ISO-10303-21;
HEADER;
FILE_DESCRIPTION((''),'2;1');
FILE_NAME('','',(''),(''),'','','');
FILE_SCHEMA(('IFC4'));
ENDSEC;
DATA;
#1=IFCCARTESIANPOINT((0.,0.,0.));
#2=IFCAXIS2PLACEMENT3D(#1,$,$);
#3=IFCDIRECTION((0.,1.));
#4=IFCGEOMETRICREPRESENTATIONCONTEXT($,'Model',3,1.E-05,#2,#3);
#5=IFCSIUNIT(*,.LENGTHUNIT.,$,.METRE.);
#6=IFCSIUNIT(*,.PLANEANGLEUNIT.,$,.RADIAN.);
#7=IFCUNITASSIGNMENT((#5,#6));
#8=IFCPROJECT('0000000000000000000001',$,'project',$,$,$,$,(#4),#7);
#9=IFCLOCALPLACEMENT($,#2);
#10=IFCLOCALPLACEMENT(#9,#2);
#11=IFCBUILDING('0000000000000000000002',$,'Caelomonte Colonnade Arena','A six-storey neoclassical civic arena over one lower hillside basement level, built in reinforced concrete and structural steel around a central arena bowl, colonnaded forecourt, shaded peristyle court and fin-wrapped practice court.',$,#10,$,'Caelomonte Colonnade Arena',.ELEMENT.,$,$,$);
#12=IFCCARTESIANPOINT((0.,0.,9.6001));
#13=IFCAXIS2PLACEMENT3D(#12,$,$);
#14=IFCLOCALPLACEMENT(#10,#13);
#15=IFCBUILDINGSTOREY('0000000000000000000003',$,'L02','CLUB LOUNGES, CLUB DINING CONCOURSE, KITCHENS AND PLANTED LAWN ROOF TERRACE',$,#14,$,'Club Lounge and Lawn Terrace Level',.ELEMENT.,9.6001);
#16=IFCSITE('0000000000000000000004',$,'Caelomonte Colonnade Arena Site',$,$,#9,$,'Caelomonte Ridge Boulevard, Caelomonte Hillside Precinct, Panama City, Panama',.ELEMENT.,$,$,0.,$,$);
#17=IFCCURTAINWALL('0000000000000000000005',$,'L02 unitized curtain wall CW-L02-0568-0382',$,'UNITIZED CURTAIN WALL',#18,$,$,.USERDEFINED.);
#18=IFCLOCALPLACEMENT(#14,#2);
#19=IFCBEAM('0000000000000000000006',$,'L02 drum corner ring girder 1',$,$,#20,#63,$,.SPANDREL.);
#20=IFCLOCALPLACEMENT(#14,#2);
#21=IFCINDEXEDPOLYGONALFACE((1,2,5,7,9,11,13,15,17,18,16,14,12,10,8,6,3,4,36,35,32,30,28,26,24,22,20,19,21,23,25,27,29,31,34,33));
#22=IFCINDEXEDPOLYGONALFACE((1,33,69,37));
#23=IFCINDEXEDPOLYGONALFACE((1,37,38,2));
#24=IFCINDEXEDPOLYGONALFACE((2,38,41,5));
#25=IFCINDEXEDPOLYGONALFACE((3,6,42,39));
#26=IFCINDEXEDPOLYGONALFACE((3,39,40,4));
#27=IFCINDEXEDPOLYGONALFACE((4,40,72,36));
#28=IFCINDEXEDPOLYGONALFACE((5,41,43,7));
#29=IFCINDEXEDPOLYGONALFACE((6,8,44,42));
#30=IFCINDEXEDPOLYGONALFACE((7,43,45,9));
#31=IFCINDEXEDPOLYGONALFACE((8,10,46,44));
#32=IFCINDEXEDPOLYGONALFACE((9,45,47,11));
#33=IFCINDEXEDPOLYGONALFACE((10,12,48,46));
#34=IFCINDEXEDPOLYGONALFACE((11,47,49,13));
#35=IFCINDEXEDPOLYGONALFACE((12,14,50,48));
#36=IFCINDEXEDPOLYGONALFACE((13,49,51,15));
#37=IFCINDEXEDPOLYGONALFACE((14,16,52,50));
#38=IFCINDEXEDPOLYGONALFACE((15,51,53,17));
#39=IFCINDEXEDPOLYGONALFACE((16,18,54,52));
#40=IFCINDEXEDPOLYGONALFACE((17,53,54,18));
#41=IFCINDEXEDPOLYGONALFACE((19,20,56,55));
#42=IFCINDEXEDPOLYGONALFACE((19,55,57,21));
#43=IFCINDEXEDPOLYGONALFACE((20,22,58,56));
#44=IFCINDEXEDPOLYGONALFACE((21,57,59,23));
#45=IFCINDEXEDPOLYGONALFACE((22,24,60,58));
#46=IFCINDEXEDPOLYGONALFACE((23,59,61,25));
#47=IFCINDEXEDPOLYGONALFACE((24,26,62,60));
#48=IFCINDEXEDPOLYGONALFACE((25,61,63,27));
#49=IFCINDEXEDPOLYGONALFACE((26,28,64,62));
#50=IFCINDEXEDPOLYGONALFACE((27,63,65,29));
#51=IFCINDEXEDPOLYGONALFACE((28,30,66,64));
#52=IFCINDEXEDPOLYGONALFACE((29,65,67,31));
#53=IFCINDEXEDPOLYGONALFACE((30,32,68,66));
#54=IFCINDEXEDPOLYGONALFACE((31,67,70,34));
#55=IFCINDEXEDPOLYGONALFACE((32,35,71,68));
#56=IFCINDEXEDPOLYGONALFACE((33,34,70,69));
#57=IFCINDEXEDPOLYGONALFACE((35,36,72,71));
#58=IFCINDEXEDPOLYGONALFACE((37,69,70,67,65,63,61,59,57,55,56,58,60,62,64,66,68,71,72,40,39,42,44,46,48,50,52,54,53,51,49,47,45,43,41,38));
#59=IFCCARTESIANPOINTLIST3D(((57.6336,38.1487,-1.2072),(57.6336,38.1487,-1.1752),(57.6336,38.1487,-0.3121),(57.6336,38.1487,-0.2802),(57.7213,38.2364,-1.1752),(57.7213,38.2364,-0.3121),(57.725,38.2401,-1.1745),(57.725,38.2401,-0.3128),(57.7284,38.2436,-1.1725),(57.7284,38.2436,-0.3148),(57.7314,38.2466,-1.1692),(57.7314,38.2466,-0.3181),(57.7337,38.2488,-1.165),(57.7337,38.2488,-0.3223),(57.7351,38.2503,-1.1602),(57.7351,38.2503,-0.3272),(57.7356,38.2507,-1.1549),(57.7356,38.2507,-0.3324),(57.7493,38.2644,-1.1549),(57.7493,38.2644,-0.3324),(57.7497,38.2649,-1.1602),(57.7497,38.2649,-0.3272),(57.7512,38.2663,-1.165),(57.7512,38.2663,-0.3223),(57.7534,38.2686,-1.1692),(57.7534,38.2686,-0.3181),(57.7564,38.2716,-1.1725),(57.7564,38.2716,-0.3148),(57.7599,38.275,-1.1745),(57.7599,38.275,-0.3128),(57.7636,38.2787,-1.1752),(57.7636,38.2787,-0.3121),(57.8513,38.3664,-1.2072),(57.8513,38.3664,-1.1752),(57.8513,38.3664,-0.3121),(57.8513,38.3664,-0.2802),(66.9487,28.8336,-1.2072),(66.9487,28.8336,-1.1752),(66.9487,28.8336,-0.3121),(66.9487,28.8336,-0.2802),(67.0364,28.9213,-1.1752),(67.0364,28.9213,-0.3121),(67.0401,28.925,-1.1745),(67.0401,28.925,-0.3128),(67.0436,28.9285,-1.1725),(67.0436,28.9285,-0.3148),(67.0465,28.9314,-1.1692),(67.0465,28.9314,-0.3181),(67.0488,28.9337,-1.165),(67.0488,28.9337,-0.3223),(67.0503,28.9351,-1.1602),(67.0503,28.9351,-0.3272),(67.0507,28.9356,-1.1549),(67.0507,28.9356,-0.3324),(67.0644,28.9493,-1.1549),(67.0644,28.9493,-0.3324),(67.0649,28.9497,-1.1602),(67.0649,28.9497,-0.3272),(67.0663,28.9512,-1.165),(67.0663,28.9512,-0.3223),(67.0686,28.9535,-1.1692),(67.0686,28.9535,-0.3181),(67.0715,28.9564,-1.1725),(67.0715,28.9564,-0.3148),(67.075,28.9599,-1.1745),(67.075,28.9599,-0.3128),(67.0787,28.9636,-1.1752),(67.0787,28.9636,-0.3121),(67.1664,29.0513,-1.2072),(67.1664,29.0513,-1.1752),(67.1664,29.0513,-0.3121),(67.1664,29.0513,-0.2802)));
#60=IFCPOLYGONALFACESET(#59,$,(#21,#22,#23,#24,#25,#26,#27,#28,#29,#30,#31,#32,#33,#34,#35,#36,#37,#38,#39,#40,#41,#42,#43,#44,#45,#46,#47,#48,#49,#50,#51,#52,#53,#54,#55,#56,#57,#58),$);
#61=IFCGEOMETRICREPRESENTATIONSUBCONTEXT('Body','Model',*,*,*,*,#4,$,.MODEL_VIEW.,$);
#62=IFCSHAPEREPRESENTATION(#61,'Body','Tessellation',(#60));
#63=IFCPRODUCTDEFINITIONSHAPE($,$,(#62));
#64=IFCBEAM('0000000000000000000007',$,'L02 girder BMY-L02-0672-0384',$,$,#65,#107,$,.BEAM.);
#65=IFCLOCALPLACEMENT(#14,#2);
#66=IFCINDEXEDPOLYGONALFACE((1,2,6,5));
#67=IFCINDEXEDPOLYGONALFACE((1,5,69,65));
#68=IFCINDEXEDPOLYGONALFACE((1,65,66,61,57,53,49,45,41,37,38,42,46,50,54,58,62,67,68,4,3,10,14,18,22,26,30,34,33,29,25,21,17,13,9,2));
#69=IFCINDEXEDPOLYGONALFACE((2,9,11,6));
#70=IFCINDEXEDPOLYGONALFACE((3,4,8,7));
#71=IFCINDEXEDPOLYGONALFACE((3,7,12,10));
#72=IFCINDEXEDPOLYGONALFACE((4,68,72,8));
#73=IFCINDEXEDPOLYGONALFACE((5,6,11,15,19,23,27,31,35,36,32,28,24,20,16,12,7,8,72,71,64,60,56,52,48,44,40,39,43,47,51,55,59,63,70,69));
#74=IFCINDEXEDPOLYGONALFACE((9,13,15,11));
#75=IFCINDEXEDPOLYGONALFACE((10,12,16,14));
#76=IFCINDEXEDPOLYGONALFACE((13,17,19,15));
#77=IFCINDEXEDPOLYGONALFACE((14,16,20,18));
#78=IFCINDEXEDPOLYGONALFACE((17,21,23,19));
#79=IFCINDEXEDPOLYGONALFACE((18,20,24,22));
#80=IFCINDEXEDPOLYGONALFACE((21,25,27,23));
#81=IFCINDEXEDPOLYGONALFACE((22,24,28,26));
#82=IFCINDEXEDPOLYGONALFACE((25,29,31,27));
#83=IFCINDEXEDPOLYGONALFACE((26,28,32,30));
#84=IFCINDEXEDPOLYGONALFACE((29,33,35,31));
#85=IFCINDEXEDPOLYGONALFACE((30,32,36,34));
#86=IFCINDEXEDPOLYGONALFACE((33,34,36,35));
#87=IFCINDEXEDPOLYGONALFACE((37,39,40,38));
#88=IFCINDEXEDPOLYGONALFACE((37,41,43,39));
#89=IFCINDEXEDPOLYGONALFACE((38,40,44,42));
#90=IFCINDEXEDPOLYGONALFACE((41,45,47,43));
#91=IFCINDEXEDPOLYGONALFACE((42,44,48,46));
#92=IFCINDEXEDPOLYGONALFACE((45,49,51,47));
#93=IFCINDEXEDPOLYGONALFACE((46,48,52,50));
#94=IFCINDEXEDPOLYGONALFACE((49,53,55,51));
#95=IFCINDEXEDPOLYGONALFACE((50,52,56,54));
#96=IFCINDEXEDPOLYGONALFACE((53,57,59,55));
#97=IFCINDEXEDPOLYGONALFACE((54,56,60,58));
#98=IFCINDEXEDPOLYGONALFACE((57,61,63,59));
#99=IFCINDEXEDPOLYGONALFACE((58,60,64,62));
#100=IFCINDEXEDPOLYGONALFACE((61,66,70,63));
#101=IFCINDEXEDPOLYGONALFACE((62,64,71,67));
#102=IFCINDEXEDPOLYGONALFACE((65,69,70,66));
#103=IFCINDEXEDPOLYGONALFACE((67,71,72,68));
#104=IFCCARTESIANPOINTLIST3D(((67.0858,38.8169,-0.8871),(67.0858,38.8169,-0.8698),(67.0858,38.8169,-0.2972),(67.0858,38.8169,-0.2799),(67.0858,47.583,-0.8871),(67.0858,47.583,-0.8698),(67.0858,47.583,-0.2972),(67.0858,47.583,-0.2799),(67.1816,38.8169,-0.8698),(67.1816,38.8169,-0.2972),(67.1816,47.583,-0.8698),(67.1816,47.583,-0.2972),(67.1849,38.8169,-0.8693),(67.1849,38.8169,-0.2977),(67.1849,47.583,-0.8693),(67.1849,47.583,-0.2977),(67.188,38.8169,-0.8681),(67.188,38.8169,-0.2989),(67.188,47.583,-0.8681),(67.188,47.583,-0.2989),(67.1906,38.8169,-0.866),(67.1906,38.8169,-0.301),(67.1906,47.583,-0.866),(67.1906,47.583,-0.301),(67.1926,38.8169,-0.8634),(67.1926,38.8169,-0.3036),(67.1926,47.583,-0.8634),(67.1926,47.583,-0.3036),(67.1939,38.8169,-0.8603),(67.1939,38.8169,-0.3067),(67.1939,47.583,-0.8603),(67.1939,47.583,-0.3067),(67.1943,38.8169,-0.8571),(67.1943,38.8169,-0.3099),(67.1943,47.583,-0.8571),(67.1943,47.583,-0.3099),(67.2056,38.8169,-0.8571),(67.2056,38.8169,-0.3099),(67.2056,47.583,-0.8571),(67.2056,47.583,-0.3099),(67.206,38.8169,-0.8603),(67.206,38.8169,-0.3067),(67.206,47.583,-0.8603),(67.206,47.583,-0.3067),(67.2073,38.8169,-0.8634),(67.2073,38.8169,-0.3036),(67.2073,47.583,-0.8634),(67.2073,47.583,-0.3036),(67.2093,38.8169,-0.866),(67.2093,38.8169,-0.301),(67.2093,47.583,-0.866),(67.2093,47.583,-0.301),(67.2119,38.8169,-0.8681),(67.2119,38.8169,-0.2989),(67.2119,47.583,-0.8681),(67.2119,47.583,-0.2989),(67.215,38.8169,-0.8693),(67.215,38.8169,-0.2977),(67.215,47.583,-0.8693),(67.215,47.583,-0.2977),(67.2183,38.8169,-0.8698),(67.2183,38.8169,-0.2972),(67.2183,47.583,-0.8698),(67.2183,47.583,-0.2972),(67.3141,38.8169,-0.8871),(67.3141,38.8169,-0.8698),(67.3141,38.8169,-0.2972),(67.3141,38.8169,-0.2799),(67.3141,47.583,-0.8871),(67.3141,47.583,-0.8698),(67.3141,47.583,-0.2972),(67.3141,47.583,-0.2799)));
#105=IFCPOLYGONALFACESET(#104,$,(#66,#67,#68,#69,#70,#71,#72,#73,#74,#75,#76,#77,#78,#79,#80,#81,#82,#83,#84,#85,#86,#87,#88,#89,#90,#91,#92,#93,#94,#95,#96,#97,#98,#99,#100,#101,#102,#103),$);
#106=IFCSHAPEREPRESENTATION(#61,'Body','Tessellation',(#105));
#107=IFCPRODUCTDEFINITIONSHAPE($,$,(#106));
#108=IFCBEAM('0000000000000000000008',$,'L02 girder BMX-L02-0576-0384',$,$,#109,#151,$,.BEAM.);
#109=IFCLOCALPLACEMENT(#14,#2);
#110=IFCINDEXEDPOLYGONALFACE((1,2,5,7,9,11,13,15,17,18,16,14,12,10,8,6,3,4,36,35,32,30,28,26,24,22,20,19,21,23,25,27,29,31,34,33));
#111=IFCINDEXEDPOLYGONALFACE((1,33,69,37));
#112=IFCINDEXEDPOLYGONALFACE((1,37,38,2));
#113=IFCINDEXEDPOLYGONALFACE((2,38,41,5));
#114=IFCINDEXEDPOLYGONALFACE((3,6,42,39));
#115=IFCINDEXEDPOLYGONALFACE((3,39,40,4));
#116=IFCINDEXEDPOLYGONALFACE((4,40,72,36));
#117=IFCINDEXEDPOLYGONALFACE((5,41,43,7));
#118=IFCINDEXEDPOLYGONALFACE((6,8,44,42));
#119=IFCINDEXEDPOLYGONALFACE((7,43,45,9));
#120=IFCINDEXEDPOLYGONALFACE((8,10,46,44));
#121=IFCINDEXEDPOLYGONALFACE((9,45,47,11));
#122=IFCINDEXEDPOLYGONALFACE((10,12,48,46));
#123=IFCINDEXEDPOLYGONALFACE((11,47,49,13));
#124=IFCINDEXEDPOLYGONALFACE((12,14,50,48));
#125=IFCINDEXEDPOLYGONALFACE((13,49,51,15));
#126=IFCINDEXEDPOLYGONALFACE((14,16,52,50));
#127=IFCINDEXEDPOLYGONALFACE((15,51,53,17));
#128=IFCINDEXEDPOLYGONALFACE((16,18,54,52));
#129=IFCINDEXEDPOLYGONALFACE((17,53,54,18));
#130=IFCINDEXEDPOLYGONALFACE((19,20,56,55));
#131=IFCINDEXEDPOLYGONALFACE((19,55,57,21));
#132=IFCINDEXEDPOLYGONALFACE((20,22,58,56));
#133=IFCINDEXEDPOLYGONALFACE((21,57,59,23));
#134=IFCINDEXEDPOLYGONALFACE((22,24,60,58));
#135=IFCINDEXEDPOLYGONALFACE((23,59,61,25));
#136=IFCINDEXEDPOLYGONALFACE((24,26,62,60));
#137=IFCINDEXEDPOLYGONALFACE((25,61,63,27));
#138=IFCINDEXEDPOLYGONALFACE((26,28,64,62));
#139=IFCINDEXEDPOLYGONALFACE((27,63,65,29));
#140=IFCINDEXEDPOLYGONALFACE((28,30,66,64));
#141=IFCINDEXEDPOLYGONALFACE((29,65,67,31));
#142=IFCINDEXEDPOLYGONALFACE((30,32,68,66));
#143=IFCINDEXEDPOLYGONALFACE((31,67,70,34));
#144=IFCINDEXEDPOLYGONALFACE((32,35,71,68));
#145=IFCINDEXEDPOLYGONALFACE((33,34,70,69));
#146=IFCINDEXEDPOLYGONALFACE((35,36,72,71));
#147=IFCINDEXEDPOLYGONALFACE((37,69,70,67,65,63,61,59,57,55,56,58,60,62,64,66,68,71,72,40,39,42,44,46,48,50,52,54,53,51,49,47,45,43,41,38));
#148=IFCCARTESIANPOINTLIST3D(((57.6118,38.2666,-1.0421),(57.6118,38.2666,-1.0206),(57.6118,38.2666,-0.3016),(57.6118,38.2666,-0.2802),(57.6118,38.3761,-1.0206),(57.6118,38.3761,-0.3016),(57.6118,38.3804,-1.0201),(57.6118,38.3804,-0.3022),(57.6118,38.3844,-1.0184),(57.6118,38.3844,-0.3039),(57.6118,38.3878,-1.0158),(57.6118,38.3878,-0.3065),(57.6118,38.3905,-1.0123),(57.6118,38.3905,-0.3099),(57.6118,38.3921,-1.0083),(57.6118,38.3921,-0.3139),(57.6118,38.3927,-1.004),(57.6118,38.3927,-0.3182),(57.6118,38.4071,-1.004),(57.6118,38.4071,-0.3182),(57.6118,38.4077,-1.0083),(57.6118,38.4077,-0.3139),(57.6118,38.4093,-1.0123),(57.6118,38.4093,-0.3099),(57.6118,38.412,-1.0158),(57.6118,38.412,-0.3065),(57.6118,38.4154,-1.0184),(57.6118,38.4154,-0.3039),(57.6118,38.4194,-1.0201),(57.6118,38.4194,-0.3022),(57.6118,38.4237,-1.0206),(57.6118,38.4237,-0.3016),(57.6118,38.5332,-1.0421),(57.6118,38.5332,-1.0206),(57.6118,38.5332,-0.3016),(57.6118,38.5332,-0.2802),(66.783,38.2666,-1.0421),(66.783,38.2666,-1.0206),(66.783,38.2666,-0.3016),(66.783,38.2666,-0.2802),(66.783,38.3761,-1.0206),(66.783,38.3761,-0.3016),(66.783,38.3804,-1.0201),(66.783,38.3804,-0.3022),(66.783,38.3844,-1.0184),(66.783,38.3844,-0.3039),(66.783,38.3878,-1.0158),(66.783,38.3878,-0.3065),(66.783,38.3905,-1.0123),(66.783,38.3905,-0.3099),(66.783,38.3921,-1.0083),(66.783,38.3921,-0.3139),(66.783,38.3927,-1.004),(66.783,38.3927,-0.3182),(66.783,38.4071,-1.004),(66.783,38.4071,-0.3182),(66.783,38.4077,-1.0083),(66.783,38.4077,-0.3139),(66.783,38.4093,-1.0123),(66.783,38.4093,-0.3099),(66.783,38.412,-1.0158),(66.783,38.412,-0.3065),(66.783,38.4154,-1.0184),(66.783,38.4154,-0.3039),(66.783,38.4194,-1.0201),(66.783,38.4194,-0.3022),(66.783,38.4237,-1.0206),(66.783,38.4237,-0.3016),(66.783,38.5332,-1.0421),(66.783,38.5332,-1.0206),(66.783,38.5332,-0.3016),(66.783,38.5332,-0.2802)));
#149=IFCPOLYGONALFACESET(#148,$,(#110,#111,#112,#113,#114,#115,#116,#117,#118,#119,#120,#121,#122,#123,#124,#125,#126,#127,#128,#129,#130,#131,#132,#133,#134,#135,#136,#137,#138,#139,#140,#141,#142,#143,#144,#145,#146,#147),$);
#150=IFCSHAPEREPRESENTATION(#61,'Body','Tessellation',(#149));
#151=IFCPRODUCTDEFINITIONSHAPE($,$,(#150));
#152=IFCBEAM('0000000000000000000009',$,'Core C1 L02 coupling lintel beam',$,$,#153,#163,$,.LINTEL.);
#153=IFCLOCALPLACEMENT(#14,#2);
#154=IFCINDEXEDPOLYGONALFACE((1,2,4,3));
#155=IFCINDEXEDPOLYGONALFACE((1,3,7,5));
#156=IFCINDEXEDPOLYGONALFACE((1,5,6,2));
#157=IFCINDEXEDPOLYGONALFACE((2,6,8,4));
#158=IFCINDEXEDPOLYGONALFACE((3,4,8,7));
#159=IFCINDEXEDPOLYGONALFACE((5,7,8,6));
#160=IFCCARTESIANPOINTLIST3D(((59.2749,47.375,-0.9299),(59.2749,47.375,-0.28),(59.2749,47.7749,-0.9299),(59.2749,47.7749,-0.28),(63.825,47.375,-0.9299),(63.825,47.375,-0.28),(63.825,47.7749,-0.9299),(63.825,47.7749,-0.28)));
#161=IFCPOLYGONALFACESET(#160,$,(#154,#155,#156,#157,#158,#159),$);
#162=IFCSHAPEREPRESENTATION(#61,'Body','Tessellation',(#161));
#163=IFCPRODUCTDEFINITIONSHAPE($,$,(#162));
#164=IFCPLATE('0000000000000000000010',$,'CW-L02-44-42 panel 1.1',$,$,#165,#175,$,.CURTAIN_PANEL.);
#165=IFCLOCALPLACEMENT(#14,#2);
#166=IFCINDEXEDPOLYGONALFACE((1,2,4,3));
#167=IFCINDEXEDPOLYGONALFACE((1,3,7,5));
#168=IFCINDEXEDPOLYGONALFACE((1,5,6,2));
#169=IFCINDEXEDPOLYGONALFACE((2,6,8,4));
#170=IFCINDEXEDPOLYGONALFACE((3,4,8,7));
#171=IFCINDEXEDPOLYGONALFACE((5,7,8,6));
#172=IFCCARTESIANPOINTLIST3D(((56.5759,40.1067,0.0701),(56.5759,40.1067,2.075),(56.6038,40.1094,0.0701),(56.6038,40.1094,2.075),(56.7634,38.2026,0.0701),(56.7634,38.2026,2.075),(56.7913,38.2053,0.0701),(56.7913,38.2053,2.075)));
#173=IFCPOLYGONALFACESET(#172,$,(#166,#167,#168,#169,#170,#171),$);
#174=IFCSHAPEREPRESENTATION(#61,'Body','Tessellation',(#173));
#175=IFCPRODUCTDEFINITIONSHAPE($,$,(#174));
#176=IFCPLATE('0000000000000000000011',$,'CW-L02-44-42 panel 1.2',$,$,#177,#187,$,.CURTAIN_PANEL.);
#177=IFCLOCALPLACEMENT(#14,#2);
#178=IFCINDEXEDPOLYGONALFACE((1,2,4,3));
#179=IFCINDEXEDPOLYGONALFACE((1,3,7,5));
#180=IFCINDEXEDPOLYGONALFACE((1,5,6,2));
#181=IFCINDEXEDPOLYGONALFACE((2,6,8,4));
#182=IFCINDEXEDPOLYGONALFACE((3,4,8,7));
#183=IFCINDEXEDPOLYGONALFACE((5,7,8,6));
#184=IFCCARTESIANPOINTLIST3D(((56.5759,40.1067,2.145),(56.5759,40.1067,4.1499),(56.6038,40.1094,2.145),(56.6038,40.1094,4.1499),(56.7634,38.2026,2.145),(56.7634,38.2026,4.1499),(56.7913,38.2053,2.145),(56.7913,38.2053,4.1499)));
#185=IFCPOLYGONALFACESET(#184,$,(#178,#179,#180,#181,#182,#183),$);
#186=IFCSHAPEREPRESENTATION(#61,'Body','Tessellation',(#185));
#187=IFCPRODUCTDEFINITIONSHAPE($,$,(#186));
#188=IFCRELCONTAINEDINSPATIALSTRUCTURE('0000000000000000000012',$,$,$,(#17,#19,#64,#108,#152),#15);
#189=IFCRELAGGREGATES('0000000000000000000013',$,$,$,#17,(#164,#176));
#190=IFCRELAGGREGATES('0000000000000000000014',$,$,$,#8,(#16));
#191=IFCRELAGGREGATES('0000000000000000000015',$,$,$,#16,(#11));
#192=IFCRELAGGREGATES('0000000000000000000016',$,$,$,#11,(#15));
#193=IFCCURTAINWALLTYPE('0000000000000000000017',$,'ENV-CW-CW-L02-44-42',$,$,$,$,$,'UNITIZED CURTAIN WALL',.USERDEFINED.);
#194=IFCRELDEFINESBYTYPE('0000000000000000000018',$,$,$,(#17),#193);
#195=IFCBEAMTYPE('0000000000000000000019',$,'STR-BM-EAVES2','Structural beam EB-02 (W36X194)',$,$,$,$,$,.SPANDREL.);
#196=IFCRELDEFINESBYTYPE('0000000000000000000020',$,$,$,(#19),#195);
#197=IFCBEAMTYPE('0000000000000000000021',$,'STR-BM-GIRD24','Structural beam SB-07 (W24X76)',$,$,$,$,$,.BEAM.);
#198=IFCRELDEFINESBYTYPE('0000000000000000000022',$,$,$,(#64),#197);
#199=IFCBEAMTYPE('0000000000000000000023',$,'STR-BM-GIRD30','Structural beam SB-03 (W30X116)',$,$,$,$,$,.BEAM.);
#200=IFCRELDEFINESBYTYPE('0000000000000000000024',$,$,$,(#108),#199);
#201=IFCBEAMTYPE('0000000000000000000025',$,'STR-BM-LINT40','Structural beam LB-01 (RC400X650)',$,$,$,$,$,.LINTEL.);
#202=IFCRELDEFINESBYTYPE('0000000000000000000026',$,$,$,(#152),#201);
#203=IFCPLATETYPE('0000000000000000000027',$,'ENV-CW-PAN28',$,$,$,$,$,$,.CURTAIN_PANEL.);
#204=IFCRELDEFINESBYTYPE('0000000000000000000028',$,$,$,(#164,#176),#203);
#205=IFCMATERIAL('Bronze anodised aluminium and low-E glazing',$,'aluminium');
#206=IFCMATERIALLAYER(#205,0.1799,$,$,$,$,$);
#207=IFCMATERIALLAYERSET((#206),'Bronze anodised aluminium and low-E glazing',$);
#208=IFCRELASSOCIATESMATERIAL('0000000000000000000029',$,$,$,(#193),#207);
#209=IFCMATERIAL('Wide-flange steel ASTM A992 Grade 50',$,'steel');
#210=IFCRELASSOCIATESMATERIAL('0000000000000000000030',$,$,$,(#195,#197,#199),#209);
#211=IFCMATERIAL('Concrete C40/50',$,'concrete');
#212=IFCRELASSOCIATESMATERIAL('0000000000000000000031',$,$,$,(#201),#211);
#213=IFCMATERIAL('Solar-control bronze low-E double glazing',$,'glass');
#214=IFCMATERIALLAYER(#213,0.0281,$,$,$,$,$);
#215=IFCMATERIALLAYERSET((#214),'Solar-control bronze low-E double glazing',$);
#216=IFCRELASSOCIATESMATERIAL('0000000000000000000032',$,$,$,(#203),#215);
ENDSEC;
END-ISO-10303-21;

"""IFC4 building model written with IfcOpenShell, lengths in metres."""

from ifc_helpers import new_model, si_unit, direction, frame, origin, origin_2d, place, context, subcontext, project, spatial, rectangle, i_section, extrude, material, layer, layer_set, material_profile, profile_set, type_object, element, aggregate, save


model = new_model("IFC4")

# Units and contexts
model_context = context("Model", 3, precision=1e-05, world=origin(), true_north=direction((0.0, 1.0)))
body_context = subcontext(model_context, "Body", "Model", "MODEL_VIEW")
ifc_project = project(units=[si_unit("LENGTHUNIT", "METRE"), si_unit("PLANEANGLEUNIT", "RADIAN")], contexts=[model_context])

# Site, building, storey
site_placement = place(None, origin())
site = spatial("IfcSite", under=ifc_project, at=site_placement, Name="Caelomonte Colonnade Arena Site", LongName="Caelomonte Ridge Boulevard, Caelomonte Hillside Precinct, Panama City, Panama", CompositionType="ELEMENT", RefElevation=0.0)
building_placement = place(site_placement, origin())
building = spatial("IfcBuilding", under=site, at=building_placement, Name="Caelomonte Colonnade Arena", Description="A six-storey neoclassical civic arena over one lower hillside basement level, built in reinforced concrete and structural steel around a central arena bowl, colonnaded forecourt, shaded peristyle court and fin-wrapped practice court.", LongName="Caelomonte Colonnade Arena", CompositionType="ELEMENT")
storey_placement = place(building_placement, frame((0.0, 0.0, 9.6001)))
storey = spatial("IfcBuildingStorey", under=building, at=storey_placement, Name="L02", Description="CLUB LOUNGES, CLUB DINING CONCOURSE, KITCHENS AND PLANTED LAWN ROOF TERRACE", LongName="Club Lounge and Lawn Terrace Level", CompositionType="ELEMENT", Elevation=9.6001)

# Shared definitions
ifc_material_1 = material(Name="Wide-flange steel ASTM A992 Grade 50", Category="steel")

# Curtain wall
ifc_material_2 = material(Name="Bronze anodised aluminium and low-E glazing", Category="aluminium")
ifc_layer_1 = layer(ifc_material_2, 0.1799)
ifc_layer_set_1 = layer_set([ifc_layer_1], Name="Bronze anodised aluminium and low-E glazing")
curtain_wall_type = type_object("IfcCurtainWallType", Name="ENV-CW-CW-L02-44-42", ElementType="UNITIZED CURTAIN WALL", PredefinedType="USERDEFINED", material=ifc_layer_set_1)
curtain_wall_placement = place(storey_placement, origin())
curtain_wall = element("IfcCurtainWall", 1, at=curtain_wall_placement, inside=storey, type_object=curtain_wall_type, Name="L02 unitized curtain wall CW-L02-0568-0382", ObjectType="UNITIZED CURTAIN WALL", PredefinedType="USERDEFINED")

# Beams
ifc_material_profile_1 = material_profile(ifc_material_1, i_section(OverallWidth=0.3079, OverallDepth=0.927, WebThickness=0.0193, FlangeThickness=0.032, FilletRadius=0.0203, at=origin_2d()), Name="W36X194")
ifc_profile_set_1 = profile_set([ifc_material_profile_1], Name="Wide-flange steel ASTM A992 Grade 50")
beam_type_1 = type_object("IfcBeamType", Name="STR-BM-EAVES2", Description="Structural beam EB-02 (W36X194)", PredefinedType="SPANDREL", material=ifc_profile_set_1)
beam_1_placement = place(storey_placement, frame((57.7424, 38.2576, -0.7437), z_axis=(0.707107, -0.707107, 0.0), x_axis=(0.707107, 0.707107, 0.0)))
element("IfcBeam", 2, at=beam_1_placement, inside=storey, type_object=beam_type_1, Name="L02 drum corner ring girder 1", PredefinedType="SPANDREL", context=body_context, shape_type="SweptSolid", body=[
    extrude(i_section(OverallWidth=0.3079, OverallDepth=0.927, WebThickness=0.0193, FlangeThickness=0.032, FilletRadius=0.0203, at=origin_2d()), origin(), (0.0, 0.0, 1.0), 13.1736),
])
ifc_material_profile_2 = material_profile(ifc_material_1, i_section(OverallWidth=0.2283, OverallDepth=0.6072, WebThickness=0.0112, FlangeThickness=0.0173, FilletRadius=0.0127, at=origin_2d()), Name="W24X76")
ifc_profile_set_2 = profile_set([ifc_material_profile_2], Name="Wide-flange steel ASTM A992 Grade 50")
beam_type_2 = type_object("IfcBeamType", Name="STR-BM-GIRD24", Description="Structural beam SB-07 (W24X76)", PredefinedType="BEAM", material=ifc_profile_set_2)
beam_2_placement = place(storey_placement, frame((67.2, 38.8169, -0.5835), z_axis=(0.0, 1.0, 0.0), x_axis=(-1.0, 0.0, 0.0)))
element("IfcBeam", 3, at=beam_2_placement, inside=storey, type_object=beam_type_2, Name="L02 girder BMY-L02-0672-0384", PredefinedType="BEAM", context=body_context, shape_type="SweptSolid", body=[
    extrude(i_section(OverallWidth=0.2283, OverallDepth=0.6072, WebThickness=0.0112, FlangeThickness=0.0173, FilletRadius=0.0127, at=origin_2d()), origin(), (0.0, 0.0, 1.0), 8.7661),
])
ifc_material_profile_3 = material_profile(ifc_material_1, i_section(OverallWidth=0.2666, OverallDepth=0.762, WebThickness=0.0144, FlangeThickness=0.0215, FilletRadius=0.0166, at=origin_2d()), Name="W30X116")
ifc_profile_set_3 = profile_set([ifc_material_profile_3], Name="Wide-flange steel ASTM A992 Grade 50")
beam_type_3 = type_object("IfcBeamType", Name="STR-BM-GIRD30", Description="Structural beam SB-03 (W30X116)", PredefinedType="BEAM", material=ifc_profile_set_3)
beam_3_placement = place(storey_placement, frame((57.6118, 38.3999, -0.6611), z_axis=(1.0, 0.0, 0.0), x_axis=(0.0, 1.0, 0.0)))
element("IfcBeam", 4, at=beam_3_placement, inside=storey, type_object=beam_type_3, Name="L02 girder BMX-L02-0576-0384", PredefinedType="BEAM", context=body_context, shape_type="SweptSolid", body=[
    extrude(i_section(OverallWidth=0.2666, OverallDepth=0.762, WebThickness=0.0144, FlangeThickness=0.0215, FilletRadius=0.0166, at=origin_2d()), origin(), (0.0, 0.0, 1.0), 9.1711),
])
ifc_material_3 = material(Name="Concrete C40/50", Category="concrete")
ifc_material_profile_4 = material_profile(ifc_material_3, rectangle(XDim=0.3999, YDim=0.6499, at=origin_2d()), Name="RC400X650")
ifc_profile_set_4 = profile_set([ifc_material_profile_4], Name="Concrete C40/50")
beam_type_4 = type_object("IfcBeamType", Name="STR-BM-LINT40", Description="Structural beam LB-01 (RC400X650)", PredefinedType="LINTEL", material=ifc_profile_set_4)
beam_4_placement = place(storey_placement, frame((59.2749, 47.575, -0.605), z_axis=(1.0, 0.0, 0.0), x_axis=(0.0, 1.0, 0.0)))
element("IfcBeam", 5, at=beam_4_placement, inside=storey, type_object=beam_type_4, Name="Core C1 L02 coupling lintel beam", PredefinedType="LINTEL", context=body_context, shape_type="SweptSolid", body=[
    extrude(rectangle(XDim=0.3999, YDim=0.6499, at=origin_2d()), origin(), (0.0, 0.0, 1.0), 4.55),
])

# Plates
ifc_material_4 = material(Name="Solar-control bronze low-E double glazing", Category="glass")
ifc_layer_2 = layer(ifc_material_4, 0.0281)
ifc_layer_set_2 = layer_set([ifc_layer_2], Name="Solar-control bronze low-E double glazing")
plate_type = type_object("IfcPlateType", Name="ENV-CW-PAN28", PredefinedType="CURTAIN_PANEL", material=ifc_layer_set_2)
plate_1_placement = place(storey_placement, frame((56.6836, 39.156, 0.0701), z_axis=(0.0, 0.0, 1.0), x_axis=(0.098002, -0.995186, 0.0)))
plate_1 = element("IfcPlate", 6, at=plate_1_placement, type_object=plate_type, Name="CW-L02-44-42 panel 1.1", PredefinedType="CURTAIN_PANEL", context=body_context, shape_type="SweptSolid", body=[
    extrude(rectangle(XDim=1.9133, YDim=0.0281, at=origin_2d()), origin(), (0.0, 0.0, 1.0), 2.0049),
])
plate_2_placement = place(storey_placement, frame((56.6836, 39.156, 2.145), z_axis=(0.0, 0.0, 1.0), x_axis=(0.098002, -0.995186, 0.0)))
plate_2 = element("IfcPlate", 7, at=plate_2_placement, type_object=plate_type, Name="CW-L02-44-42 panel 1.2", PredefinedType="CURTAIN_PANEL", context=body_context, shape_type="SweptSolid", body=[
    extrude(rectangle(XDim=1.9133, YDim=0.0281, at=origin_2d()), origin(), (0.0, 0.0, 1.0), 2.0049),
])
aggregate(curtain_wall, [plate_1, plate_2])

save(model, "model.ifc")
